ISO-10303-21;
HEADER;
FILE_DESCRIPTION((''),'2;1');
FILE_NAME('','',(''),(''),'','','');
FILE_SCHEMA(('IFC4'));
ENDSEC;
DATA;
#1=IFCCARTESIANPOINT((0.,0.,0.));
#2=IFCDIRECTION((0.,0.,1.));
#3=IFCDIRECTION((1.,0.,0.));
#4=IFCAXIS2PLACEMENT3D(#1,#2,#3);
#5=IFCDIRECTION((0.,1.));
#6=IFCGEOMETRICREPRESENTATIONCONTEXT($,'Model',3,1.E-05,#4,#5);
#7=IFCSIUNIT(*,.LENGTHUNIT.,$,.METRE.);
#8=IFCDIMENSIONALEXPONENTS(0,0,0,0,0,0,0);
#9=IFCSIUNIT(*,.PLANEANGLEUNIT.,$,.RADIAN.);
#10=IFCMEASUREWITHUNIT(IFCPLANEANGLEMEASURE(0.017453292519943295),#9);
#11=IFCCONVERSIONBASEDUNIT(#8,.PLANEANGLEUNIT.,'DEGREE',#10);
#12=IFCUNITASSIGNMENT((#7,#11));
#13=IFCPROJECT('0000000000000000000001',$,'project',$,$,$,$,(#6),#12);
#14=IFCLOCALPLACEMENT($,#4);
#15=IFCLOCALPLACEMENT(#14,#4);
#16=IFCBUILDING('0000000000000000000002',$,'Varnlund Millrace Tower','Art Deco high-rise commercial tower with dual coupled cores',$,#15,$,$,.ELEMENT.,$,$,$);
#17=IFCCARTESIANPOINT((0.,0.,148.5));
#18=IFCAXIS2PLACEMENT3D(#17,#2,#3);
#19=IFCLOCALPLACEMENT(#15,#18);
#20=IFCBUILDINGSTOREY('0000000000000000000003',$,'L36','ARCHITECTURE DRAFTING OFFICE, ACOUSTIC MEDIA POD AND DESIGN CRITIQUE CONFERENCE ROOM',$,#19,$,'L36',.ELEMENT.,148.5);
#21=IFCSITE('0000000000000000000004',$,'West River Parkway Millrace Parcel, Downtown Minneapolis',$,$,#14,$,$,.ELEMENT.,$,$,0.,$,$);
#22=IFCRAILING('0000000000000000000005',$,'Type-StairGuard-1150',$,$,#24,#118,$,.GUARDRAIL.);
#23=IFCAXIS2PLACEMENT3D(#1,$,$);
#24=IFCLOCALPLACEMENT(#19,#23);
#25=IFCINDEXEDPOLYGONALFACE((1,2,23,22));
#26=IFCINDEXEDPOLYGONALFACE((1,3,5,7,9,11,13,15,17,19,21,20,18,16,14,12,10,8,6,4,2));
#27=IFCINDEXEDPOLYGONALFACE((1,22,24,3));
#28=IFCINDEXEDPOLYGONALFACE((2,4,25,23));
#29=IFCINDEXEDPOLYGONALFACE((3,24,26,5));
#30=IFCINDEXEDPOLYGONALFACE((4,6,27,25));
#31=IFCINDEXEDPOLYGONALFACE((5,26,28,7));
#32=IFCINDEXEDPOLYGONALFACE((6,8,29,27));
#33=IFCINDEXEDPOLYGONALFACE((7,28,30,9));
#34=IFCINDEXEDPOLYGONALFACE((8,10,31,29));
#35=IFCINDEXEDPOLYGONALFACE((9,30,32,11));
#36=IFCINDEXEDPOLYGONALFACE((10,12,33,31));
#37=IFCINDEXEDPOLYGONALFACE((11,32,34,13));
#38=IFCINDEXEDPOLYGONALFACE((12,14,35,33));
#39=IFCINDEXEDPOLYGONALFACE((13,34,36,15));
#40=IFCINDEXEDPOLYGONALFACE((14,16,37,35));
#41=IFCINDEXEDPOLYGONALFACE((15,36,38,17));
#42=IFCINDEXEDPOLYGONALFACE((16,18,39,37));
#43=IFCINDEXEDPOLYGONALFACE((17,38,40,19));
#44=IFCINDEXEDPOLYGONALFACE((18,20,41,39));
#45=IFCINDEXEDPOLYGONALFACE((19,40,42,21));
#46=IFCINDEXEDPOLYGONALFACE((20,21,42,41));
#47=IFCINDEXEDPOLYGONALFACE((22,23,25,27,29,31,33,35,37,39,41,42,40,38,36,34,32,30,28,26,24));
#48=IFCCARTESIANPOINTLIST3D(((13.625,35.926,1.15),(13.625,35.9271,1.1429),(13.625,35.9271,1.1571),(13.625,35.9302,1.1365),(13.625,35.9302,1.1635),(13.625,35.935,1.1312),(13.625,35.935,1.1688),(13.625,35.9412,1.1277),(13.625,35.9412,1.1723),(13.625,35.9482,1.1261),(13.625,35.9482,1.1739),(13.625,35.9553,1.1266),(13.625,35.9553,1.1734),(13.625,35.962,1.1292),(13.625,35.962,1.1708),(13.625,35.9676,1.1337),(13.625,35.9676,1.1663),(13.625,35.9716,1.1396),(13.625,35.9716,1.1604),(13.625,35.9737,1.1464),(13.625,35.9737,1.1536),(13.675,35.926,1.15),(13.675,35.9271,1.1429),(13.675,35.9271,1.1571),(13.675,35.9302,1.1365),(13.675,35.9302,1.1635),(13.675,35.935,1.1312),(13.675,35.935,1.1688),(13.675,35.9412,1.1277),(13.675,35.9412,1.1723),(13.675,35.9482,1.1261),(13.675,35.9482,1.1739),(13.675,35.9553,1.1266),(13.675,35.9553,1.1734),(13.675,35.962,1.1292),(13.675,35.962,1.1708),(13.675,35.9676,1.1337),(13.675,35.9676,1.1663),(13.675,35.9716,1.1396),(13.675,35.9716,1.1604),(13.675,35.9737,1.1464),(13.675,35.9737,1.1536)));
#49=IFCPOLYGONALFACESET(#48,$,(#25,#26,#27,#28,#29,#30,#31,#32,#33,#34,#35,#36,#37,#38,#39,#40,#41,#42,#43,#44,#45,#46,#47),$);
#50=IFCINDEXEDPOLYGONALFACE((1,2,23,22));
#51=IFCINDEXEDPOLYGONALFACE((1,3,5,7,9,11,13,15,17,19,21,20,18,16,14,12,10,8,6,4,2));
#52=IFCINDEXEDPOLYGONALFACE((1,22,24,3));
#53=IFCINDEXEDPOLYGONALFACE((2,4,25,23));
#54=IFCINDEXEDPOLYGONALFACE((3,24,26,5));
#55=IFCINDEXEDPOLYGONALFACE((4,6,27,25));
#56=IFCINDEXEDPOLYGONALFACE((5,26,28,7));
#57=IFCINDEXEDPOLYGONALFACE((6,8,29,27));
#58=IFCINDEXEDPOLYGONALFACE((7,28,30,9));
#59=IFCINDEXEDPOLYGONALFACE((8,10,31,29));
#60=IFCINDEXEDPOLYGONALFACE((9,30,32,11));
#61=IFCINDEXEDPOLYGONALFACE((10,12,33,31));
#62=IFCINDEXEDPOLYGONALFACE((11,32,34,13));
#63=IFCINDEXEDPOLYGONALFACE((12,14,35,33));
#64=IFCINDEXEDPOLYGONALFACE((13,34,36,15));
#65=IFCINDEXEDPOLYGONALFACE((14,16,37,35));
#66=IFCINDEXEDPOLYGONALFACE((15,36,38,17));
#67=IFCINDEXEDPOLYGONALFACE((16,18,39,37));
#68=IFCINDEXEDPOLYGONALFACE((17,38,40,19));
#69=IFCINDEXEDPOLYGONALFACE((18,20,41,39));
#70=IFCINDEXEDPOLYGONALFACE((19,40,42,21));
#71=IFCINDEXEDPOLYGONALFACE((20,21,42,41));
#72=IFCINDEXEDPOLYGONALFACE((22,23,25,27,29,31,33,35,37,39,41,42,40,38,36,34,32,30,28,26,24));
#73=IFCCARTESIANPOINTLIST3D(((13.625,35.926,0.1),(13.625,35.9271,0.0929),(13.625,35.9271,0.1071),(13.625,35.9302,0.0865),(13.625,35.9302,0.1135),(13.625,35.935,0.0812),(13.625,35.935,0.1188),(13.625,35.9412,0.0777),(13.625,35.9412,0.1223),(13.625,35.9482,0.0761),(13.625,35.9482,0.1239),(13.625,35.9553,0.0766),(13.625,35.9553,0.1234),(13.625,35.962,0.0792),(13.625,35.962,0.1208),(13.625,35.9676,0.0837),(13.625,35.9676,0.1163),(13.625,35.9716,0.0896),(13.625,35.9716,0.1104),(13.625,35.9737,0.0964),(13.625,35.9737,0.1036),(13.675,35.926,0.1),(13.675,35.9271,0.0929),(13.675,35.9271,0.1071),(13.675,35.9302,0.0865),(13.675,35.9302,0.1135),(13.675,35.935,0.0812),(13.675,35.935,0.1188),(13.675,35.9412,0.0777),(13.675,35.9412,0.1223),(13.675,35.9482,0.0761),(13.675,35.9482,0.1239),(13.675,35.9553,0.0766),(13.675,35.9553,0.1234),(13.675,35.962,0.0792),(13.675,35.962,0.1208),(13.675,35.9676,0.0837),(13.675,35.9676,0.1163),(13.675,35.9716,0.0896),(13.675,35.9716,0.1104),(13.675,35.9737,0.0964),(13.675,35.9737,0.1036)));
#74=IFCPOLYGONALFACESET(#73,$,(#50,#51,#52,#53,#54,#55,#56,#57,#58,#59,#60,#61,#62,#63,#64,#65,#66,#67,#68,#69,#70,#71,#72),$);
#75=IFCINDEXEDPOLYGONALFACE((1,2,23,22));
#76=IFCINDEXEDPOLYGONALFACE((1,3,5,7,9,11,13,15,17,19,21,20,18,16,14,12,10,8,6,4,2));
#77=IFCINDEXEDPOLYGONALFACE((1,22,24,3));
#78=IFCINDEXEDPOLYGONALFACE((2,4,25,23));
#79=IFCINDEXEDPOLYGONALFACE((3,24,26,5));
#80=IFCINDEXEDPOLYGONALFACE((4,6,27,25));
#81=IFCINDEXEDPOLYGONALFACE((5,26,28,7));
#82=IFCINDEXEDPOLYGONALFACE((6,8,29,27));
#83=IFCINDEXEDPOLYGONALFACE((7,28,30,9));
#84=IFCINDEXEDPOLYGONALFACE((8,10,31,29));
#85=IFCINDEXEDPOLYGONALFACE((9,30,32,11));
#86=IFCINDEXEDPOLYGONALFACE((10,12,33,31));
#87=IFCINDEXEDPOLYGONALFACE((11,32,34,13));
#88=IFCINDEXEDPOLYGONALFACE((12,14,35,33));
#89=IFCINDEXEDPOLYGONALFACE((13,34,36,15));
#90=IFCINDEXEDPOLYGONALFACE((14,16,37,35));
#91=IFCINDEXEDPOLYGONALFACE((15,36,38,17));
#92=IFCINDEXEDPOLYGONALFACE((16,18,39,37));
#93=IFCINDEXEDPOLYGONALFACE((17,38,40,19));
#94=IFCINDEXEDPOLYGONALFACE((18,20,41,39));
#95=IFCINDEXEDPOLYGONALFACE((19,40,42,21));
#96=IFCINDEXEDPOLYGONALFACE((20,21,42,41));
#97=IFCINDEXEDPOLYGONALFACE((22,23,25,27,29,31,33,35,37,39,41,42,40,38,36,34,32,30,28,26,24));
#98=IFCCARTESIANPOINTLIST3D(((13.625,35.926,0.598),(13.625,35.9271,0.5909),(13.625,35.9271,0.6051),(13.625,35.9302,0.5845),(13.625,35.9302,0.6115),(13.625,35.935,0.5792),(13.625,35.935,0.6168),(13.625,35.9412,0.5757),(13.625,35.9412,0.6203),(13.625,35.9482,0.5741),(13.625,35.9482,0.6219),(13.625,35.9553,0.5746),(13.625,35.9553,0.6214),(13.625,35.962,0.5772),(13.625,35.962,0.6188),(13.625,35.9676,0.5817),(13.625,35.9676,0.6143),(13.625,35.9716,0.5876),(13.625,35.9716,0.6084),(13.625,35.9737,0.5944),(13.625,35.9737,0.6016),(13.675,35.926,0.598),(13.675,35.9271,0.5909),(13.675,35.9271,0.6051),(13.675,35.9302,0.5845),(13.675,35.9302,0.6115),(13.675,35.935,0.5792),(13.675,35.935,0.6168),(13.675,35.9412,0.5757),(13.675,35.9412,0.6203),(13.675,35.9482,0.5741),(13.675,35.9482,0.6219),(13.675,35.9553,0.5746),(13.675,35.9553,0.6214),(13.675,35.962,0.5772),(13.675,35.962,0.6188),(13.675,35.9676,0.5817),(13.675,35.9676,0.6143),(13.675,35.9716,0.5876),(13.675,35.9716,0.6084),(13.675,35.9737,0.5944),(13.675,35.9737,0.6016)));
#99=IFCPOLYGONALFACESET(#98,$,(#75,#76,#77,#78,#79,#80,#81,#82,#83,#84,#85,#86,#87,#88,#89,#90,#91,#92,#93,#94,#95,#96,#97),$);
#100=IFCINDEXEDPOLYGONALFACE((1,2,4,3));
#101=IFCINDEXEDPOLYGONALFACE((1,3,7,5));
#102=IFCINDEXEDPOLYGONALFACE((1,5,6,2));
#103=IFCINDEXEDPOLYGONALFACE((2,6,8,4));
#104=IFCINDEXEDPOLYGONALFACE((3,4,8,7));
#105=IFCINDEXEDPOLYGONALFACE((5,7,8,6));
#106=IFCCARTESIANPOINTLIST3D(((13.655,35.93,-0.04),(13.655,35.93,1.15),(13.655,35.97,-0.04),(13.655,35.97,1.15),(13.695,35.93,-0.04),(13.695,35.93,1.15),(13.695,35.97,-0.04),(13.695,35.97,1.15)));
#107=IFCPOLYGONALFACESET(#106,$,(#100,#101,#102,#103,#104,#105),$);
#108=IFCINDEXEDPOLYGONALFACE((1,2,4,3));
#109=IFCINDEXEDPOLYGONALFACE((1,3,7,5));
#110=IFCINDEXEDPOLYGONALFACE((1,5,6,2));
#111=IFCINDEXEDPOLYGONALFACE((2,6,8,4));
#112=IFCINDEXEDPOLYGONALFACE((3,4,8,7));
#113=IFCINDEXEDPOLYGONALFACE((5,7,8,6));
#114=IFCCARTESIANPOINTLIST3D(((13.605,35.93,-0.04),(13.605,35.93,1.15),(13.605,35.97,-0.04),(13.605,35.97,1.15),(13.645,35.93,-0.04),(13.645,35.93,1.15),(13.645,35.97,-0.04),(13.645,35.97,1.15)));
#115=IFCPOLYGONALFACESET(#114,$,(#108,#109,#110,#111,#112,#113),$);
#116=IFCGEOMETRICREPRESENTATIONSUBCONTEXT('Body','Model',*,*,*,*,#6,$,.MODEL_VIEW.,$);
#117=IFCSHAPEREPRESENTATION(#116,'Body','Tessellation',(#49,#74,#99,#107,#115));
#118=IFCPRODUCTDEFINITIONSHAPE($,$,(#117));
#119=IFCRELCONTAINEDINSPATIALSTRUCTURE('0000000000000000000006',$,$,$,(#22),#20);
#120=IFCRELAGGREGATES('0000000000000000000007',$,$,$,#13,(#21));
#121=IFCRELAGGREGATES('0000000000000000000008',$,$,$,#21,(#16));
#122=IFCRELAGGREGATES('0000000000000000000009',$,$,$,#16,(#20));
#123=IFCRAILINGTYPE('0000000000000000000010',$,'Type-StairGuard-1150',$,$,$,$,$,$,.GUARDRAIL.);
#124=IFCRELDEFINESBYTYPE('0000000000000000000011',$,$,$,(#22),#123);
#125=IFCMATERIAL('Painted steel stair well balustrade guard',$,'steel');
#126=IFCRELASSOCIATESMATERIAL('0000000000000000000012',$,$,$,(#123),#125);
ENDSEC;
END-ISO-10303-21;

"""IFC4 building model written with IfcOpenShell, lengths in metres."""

from ifc_helpers import new_model, entity, si_unit, converted_unit, direction, frame, origin_with_axes, origin_2d_with_axis, place, context, subcontext, project, spatial, rectangle, circle, extrude, material, type_object, element, save


model = new_model("IFC4")

# Units and contexts
model_context = context("Model", 3, precision=1e-05, world=origin_with_axes(), true_north=direction((0.0, 1.0)))
body_context = subcontext(model_context, "Body", "Model", "MODEL_VIEW")
ifc_project = project(units=[si_unit("LENGTHUNIT", "METRE"), converted_unit("PLANEANGLEUNIT", "DEGREE", entity("IfcPlaneAngleMeasure", 0.017453292519943295), si_unit("PLANEANGLEUNIT", "RADIAN"), dimensions=[0, 0, 0, 0, 0, 0, 0])], contexts=[model_context])

# Site, building, storey
site_placement = place(None, origin_with_axes())
site = spatial("IfcSite", under=ifc_project, at=site_placement, Name="West River Parkway Millrace Parcel, Downtown Minneapolis", CompositionType="ELEMENT", RefElevation=0.0)
building_placement = place(site_placement, origin_with_axes())
building = spatial("IfcBuilding", under=site, at=building_placement, Name="Varnlund Millrace Tower", Description="Art Deco high-rise commercial tower with dual coupled cores", CompositionType="ELEMENT")
storey_placement = place(building_placement, frame((0.0, 0.0, 148.5), z_axis=(0.0, 0.0, 1.0), x_axis=(1.0, 0.0, 0.0)))
storey = spatial("IfcBuildingStorey", under=building, at=storey_placement, Name="L36", Description="ARCHITECTURE DRAFTING OFFICE, ACOUSTIC MEDIA POD AND DESIGN CRITIQUE CONFERENCE ROOM", LongName="L36", CompositionType="ELEMENT", Elevation=148.5)

# Railing
ifc_material_1 = material(Name="Painted steel stair well balustrade guard", Category="steel")
railing_type_1 = type_object("IfcRailingType", Name="Type-StairGuard-1150", PredefinedType="GUARDRAIL", material=ifc_material_1)
railing_1_placement = place(storey_placement, frame((0.0, 0.0, -148.5), z_axis=(0.0, 0.0, 1.0), x_axis=(1.0, 0.0, 0.0)))
element("IfcRailing", 1, at=railing_1_placement, inside=storey, type_object=railing_type_1, Name="Type-StairGuard-1150", PredefinedType="GUARDRAIL", context=body_context, shape_type="SweptSolid", body=[
    extrude(circle(Radius=0.024, at=origin_2d_with_axis()), frame((13.675, 35.95, 149.65), z_axis=(-1.0, 0.0, 0.0), x_axis=(0.0, -1.0, 0.0)), (0.0, 0.0, 1.0), 0.05),
    extrude(circle(Radius=0.024, at=origin_2d_with_axis()), frame((13.675, 35.95, 148.6), z_axis=(-1.0, 0.0, 0.0), x_axis=(0.0, -1.0, 0.0)), (0.0, 0.0, 1.0), 0.05),
    extrude(circle(Radius=0.024, at=origin_2d_with_axis()), frame((13.675, 35.95, 149.098), z_axis=(-1.0, 0.0, 0.0), x_axis=(0.0, -1.0, 0.0)), (0.0, 0.0, 1.0), 0.05),
    extrude(rectangle(XDim=0.04, YDim=0.04, at=origin_2d_with_axis()), frame((13.675, 35.95, 148.46), z_axis=(0.0, 0.0, 1.0), x_axis=(1.0, 0.0, 0.0)), (0.0, 0.0, 1.0), 1.19),
    extrude(rectangle(XDim=0.04, YDim=0.04, at=origin_2d_with_axis()), frame((13.625, 35.95, 148.46), z_axis=(0.0, 0.0, 1.0), x_axis=(1.0, 0.0, 0.0)), (0.0, 0.0, 1.0), 1.19),
])

save(model, "model.ifc")
